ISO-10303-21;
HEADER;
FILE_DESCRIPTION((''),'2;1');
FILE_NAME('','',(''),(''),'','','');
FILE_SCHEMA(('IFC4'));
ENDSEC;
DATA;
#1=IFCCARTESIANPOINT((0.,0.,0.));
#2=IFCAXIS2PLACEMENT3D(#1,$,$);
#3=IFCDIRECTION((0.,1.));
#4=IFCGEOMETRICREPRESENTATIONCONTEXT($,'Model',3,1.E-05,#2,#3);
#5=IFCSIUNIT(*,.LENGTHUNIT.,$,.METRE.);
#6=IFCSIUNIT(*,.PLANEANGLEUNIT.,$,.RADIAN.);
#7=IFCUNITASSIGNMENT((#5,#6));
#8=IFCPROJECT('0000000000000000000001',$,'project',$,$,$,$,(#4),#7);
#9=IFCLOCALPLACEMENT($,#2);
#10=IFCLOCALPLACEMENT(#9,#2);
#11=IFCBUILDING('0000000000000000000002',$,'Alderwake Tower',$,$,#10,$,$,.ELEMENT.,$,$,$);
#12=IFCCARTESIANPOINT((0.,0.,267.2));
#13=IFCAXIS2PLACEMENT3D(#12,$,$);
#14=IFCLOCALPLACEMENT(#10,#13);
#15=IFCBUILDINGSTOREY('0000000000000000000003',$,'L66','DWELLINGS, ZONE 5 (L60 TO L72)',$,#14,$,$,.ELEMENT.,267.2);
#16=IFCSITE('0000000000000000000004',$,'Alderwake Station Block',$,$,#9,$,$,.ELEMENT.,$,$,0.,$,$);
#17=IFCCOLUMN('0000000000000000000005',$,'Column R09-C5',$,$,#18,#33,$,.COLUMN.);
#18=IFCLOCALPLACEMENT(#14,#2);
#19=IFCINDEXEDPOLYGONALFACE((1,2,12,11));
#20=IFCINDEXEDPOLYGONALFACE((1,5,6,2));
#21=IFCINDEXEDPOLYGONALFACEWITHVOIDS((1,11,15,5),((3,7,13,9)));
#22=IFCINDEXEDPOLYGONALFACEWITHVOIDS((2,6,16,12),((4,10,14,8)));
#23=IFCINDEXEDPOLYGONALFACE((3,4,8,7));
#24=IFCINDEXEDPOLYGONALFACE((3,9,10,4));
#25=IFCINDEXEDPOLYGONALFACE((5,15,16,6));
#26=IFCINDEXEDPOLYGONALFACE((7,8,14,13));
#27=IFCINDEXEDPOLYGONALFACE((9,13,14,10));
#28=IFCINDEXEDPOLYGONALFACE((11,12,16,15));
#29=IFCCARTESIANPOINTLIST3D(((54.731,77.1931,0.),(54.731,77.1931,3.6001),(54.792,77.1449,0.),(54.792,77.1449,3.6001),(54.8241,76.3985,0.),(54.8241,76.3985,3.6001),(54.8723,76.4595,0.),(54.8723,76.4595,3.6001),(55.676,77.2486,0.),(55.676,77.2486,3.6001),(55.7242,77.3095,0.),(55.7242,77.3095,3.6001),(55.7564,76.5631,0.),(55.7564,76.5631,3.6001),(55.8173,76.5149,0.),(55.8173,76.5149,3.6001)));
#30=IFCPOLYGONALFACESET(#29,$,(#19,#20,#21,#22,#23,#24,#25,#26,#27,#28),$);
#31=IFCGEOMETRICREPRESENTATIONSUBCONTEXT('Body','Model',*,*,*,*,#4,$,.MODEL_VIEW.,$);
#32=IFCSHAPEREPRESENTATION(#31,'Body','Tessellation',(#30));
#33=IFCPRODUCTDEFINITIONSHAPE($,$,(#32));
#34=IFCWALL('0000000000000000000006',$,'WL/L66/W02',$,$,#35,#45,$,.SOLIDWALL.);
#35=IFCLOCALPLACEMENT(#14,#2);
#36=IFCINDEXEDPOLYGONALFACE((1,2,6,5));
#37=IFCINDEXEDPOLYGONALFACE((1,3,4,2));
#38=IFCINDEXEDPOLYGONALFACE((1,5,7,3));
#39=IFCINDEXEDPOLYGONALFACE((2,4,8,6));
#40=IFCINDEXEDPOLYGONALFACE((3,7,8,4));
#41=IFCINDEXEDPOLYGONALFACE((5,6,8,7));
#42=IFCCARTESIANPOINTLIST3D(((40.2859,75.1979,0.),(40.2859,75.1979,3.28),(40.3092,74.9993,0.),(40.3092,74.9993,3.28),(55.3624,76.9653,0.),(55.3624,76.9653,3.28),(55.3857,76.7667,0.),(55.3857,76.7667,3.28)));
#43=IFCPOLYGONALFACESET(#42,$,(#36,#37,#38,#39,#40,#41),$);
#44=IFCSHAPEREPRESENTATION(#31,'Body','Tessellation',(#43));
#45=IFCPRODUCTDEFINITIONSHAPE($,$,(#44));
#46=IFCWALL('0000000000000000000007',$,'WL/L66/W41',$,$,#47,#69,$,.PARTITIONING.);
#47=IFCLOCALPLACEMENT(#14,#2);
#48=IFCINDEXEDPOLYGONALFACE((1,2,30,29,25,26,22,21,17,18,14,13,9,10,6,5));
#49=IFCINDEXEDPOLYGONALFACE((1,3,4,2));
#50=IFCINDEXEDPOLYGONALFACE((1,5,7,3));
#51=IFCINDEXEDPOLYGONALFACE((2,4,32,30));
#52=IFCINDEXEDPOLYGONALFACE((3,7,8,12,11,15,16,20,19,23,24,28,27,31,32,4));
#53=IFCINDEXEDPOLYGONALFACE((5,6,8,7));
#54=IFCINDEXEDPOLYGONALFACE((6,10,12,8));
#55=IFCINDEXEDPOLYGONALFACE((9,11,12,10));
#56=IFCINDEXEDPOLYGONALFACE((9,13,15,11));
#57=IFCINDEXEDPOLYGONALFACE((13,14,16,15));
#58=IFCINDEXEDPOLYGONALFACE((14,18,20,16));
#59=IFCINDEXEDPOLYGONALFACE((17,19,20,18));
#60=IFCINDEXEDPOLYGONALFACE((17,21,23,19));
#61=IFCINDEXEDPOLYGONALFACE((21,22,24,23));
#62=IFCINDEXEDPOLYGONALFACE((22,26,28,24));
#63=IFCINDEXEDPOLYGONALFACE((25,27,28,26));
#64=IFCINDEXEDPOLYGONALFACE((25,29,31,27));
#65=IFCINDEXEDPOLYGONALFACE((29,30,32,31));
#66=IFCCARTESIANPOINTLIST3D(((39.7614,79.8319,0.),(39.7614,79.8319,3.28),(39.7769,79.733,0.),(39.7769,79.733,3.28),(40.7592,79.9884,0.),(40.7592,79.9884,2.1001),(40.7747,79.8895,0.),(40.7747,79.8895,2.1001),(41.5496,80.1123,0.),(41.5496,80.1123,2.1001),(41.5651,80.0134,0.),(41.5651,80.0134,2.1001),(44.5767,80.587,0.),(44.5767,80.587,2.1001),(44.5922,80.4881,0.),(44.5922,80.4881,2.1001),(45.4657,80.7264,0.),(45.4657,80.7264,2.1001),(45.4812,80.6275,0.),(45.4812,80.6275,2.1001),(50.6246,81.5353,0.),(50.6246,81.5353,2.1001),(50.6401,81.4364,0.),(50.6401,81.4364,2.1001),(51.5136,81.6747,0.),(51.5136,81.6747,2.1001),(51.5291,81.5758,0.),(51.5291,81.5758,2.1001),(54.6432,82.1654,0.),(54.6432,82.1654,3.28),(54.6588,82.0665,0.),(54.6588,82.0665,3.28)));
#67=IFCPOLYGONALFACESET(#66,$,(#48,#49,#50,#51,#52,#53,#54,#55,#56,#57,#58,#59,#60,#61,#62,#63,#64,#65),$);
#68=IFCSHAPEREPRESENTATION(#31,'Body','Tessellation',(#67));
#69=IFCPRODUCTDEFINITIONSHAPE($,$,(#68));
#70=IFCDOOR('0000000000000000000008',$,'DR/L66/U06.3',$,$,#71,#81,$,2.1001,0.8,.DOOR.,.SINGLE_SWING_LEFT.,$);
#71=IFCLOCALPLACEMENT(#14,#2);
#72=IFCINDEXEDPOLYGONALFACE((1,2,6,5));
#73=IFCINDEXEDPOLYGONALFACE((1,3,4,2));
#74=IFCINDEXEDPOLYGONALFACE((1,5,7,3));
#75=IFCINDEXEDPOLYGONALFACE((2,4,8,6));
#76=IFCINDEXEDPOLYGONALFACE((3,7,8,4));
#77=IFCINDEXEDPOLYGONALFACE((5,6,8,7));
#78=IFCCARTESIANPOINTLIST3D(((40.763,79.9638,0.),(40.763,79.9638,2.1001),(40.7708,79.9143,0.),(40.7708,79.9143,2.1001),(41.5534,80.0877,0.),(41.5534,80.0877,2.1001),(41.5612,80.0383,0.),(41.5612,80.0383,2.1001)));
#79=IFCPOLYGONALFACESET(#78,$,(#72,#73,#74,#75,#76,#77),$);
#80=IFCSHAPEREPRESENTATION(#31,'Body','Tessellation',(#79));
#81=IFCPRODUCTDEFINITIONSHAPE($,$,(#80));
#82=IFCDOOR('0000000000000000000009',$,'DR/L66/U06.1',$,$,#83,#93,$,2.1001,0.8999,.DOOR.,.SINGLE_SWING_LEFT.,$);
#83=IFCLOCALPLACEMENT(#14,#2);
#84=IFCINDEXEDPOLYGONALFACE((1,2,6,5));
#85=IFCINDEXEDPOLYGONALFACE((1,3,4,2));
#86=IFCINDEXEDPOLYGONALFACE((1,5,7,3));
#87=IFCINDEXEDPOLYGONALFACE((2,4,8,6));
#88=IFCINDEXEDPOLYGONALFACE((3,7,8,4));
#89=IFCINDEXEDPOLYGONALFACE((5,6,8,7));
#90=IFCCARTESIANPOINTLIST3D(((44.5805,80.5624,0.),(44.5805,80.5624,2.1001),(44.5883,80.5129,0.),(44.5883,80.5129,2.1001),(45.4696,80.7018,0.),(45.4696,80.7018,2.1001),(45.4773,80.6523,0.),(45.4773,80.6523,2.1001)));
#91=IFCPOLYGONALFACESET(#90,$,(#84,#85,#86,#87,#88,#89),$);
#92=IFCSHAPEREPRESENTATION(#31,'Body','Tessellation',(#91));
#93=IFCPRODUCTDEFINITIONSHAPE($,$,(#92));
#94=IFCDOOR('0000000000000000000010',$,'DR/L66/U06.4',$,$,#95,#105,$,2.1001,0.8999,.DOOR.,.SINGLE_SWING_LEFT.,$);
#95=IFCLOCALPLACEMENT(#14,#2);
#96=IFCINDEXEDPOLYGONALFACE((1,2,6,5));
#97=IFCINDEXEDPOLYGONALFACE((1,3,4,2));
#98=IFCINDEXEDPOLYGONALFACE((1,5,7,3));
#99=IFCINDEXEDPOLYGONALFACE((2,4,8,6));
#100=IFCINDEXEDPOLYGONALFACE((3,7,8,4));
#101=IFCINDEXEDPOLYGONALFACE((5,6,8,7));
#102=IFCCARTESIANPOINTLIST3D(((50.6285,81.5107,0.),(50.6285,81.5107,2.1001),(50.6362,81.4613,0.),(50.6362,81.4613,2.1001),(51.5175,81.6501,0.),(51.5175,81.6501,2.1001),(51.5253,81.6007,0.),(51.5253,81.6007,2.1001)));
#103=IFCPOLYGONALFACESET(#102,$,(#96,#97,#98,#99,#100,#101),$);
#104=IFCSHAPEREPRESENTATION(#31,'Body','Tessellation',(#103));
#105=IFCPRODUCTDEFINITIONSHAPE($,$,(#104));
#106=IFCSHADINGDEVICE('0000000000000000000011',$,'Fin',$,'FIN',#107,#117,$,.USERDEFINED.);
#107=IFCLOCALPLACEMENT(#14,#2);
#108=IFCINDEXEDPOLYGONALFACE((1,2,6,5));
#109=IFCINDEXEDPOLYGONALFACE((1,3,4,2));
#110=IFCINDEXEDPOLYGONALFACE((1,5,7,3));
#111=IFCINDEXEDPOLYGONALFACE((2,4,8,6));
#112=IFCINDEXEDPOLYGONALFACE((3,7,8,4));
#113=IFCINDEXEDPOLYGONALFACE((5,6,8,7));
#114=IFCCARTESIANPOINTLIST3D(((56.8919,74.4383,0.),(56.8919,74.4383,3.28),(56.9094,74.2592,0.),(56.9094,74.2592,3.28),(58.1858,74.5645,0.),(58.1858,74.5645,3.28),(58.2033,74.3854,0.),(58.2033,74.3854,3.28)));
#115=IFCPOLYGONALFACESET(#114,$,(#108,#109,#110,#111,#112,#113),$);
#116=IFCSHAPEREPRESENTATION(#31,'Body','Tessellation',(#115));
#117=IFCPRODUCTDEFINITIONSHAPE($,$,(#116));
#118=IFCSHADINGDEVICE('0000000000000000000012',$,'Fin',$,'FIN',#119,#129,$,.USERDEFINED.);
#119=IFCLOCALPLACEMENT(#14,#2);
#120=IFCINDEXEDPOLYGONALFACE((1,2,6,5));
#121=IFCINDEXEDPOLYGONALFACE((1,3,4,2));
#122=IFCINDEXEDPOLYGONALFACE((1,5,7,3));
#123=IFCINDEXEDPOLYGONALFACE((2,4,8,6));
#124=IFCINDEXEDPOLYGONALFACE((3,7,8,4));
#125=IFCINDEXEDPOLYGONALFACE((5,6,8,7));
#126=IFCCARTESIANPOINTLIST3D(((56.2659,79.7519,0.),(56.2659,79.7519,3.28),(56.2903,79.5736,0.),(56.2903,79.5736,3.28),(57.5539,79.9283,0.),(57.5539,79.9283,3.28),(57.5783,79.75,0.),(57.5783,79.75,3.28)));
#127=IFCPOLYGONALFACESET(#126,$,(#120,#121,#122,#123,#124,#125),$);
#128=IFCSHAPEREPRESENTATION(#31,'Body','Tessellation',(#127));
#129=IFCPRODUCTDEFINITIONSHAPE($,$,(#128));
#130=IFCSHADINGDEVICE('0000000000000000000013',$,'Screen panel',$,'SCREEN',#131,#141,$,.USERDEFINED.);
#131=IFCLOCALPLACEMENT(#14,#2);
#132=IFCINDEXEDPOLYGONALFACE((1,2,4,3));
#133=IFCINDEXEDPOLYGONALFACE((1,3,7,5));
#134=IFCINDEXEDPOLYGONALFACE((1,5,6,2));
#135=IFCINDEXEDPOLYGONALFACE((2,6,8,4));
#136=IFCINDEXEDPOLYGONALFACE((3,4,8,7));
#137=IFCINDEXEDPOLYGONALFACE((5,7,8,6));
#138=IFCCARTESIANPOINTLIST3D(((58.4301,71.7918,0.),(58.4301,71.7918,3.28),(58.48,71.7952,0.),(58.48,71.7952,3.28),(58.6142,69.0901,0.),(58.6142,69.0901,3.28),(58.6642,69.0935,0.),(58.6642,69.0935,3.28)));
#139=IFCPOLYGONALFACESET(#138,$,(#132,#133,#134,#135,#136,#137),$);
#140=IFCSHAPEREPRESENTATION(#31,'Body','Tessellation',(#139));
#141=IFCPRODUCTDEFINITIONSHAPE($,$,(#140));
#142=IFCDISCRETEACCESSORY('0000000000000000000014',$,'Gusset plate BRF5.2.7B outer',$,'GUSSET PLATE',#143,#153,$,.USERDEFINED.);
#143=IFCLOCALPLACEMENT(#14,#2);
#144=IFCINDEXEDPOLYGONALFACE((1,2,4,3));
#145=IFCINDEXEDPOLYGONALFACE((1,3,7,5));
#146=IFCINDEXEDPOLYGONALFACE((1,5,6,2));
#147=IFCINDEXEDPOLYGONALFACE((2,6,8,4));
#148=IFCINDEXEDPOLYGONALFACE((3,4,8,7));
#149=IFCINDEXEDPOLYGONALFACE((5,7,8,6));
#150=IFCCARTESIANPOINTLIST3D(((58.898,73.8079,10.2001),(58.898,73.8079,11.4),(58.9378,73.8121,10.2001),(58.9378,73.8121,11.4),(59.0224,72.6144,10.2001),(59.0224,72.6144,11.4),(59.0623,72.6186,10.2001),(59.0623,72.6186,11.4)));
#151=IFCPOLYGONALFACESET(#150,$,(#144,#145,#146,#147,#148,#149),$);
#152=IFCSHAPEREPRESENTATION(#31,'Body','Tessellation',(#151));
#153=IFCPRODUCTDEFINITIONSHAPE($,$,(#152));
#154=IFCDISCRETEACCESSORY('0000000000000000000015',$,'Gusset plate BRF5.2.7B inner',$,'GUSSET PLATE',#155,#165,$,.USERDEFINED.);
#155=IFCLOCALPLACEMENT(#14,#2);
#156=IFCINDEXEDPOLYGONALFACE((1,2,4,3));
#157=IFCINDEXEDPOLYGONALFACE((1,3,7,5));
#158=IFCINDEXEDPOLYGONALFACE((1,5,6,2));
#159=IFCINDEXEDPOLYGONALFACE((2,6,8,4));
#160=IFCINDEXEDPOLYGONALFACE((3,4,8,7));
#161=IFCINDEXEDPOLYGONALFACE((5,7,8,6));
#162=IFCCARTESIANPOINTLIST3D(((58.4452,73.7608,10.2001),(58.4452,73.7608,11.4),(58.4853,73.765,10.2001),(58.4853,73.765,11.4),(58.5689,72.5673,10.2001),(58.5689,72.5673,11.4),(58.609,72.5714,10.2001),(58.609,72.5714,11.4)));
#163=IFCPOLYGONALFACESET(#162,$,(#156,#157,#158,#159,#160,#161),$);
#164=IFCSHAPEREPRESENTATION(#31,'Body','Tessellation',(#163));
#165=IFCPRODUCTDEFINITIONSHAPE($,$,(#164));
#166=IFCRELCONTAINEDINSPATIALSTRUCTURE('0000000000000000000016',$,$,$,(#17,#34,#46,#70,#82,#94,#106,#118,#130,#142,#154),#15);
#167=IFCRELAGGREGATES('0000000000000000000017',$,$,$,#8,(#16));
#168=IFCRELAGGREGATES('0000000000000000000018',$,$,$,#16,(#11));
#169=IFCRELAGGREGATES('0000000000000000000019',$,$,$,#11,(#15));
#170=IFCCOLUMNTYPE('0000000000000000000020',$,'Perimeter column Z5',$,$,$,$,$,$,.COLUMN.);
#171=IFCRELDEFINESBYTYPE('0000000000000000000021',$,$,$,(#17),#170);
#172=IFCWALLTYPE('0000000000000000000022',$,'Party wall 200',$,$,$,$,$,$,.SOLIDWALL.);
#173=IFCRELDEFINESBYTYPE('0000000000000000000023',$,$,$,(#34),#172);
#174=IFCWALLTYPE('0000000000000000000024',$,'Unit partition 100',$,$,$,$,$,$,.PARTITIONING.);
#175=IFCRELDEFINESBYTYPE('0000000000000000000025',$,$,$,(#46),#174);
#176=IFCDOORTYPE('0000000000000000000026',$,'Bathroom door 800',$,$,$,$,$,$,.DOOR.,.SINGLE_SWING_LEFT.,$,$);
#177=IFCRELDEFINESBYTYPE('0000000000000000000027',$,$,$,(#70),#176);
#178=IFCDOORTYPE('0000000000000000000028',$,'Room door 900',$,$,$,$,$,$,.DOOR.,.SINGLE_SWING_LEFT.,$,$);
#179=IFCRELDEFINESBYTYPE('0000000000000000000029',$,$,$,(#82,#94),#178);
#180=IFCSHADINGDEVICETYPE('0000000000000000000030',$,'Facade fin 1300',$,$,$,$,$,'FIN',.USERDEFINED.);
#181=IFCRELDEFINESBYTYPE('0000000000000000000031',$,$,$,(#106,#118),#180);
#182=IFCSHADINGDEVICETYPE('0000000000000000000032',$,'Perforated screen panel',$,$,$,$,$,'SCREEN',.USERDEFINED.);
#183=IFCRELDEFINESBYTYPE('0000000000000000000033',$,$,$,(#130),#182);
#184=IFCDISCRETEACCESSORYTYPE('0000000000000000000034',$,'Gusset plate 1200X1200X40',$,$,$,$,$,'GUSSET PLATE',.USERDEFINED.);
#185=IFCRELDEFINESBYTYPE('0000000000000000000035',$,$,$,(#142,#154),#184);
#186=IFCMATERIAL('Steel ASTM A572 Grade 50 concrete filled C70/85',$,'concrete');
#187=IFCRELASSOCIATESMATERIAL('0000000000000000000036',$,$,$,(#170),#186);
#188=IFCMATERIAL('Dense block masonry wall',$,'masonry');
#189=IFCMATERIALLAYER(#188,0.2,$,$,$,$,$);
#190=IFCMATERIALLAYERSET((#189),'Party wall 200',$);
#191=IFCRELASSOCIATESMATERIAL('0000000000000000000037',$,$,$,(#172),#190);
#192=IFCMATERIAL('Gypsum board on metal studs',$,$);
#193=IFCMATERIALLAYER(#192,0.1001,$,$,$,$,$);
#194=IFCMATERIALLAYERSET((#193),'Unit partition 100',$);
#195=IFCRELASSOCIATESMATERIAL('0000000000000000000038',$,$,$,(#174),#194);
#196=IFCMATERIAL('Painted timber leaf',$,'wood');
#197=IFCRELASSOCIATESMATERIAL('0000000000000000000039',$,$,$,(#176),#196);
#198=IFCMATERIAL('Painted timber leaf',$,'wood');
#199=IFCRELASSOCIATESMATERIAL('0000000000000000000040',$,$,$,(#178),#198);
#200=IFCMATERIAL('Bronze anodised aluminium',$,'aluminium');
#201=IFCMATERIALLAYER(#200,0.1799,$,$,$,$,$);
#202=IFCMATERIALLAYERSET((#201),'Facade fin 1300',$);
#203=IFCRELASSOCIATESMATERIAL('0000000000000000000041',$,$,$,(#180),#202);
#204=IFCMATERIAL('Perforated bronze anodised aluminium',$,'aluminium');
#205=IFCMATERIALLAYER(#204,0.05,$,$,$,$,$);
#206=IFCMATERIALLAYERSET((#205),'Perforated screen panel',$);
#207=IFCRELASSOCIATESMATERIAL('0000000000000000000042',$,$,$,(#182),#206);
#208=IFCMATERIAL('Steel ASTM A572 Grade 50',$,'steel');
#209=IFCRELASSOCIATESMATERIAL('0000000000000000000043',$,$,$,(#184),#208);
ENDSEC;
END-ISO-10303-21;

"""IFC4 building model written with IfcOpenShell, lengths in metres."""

from ifc_helpers import new_model, si_unit, direction, frame, frame_2d, origin, origin_2d, place, context, subcontext, project, spatial, rectangle, hollow_rectangle, extrude, material, layer, layer_set, material_profile, profile_set, type_object, element, fill, save


model = new_model("IFC4")

# Units and contexts
model_context = context("Model", 3, precision=1e-05, world=origin(), true_north=direction((0.0, 1.0)))
body_context = subcontext(model_context, "Body", "Model", "MODEL_VIEW")
ifc_project = project(units=[si_unit("LENGTHUNIT", "METRE"), si_unit("PLANEANGLEUNIT", "RADIAN")], contexts=[model_context])

# Site, building, storey
site_placement = place(None, origin())
site = spatial("IfcSite", under=ifc_project, at=site_placement, Name="Alderwake Station Block", CompositionType="ELEMENT", RefElevation=0.0)
building_placement = place(site_placement, origin())
building = spatial("IfcBuilding", under=site, at=building_placement, Name="Alderwake Tower", CompositionType="ELEMENT")
storey_placement = place(building_placement, frame((0.0, 0.0, 267.2)))
storey = spatial("IfcBuildingStorey", under=building, at=storey_placement, Name="L66", Description="DWELLINGS, ZONE 5 (L60 TO L72)", CompositionType="ELEMENT", Elevation=267.2)

# Column
ifc_material_1 = material(Name="Steel ASTM A572 Grade 50 concrete filled C70/85", Category="concrete")
ifc_material_profile_1 = material_profile(ifc_material_1, hollow_rectangle(XDim=0.8, YDim=1.0, WallThickness=0.0549, at=origin_2d()), Name="BOX 1000X800X55")
ifc_profile_set_1 = profile_set([ifc_material_profile_1], Name="Steel ASTM A572 Grade 50 concrete filled C70/85")
column_type = type_object("IfcColumnType", Name="Perimeter column Z5", PredefinedType="COLUMN", material=ifc_profile_set_1)
column_placement = place(storey_placement, frame((55.2742, 76.854, 0.0), z_axis=(0.0, 0.0, 1.0), x_axis=(-0.116402, 0.993202, 0.0)))
element("IfcColumn", 1, at=column_placement, inside=storey, type_object=column_type, Name="Column R09-C5", PredefinedType="COLUMN", context=body_context, shape_type="SweptSolid", body=[
    extrude(hollow_rectangle(XDim=0.8, YDim=1.0, WallThickness=0.0549, at=origin_2d()), origin(), (0.0, 0.0, 1.0), 3.6001),
])

# Wall
ifc_material_2 = material(Name="Dense block masonry wall", Category="masonry")
ifc_layer_1 = layer(ifc_material_2, 0.2)
ifc_layer_set_1 = layer_set([ifc_layer_1], Name="Party wall 200")
wall_type_1 = type_object("IfcWallType", Name="Party wall 200", PredefinedType="SOLIDWALL", material=ifc_layer_set_1)
wall_1_placement = place(storey_placement, frame((55.374, 76.866, 0.0), z_axis=(0.0, 0.0, 1.0), x_axis=(-0.993199, -0.116428, 0.0)))
element("IfcWall", 2, at=wall_1_placement, inside=storey, type_object=wall_type_1, Name="WL/L66/W02", PredefinedType="SOLIDWALL", context=body_context, shape_type="SweptSolid", body=[
    extrude(rectangle(XDim=15.1797, YDim=0.2, at=frame_2d((7.5898, 0.0))), origin(), (0.0, 0.0, 1.0), 3.28),
])

# Wall, openings, doors
ifc_material_3 = material(Name="Gypsum board on metal studs")
ifc_layer_2 = layer(ifc_material_3, 0.1001)
ifc_layer_set_2 = layer_set([ifc_layer_2], Name="Unit partition 100")
wall_type_2 = type_object("IfcWallType", Name="Unit partition 100", PredefinedType="PARTITIONING", material=ifc_layer_set_2)
wall_2_placement = place(storey_placement, frame((54.6509, 82.116, 0.0), z_axis=(0.0, 0.0, 1.0), x_axis=(-0.987929, -0.154909, 0.0)))
wall_2 = element("IfcWall", 3, at=wall_2_placement, inside=storey, type_object=wall_type_2, Name="WL/L66/W41", PredefinedType="PARTITIONING", context=body_context, shape_type="SweptSolid", body=[
    extrude(rectangle(XDim=15.0637, YDim=0.1001, at=frame_2d((7.5317, 0.0))), origin(), (0.0, 0.0, 1.0), 3.28),
])
opening_1_placement = place(wall_2_placement, frame((9.2896, 0.0, 0.0)))
opening_1 = element("IfcOpeningElement", 4, at=opening_1_placement, cuts=wall_2, PredefinedType="OPENING", context=body_context, shape_type="SweptSolid", body=[
    extrude(rectangle(XDim=0.8999, YDim=2.1001, at=frame_2d((0.45, 1.05))), frame((0.0, 0.0601, 0.0), z_axis=(0.0, -1.0, 0.0), x_axis=(1.0, 0.0, 0.0)), (0.0, 0.0, 1.0), 0.1201),
])
opening_2_placement = place(wall_2_placement, frame((13.2537, 0.0, 0.0)))
opening_2 = element("IfcOpeningElement", 5, at=opening_2_placement, cuts=wall_2, PredefinedType="OPENING", context=body_context, shape_type="SweptSolid", body=[
    extrude(rectangle(XDim=0.8, YDim=2.1001, at=frame_2d((0.3999, 1.05))), frame((0.0, 0.0601, 0.0), z_axis=(0.0, -1.0, 0.0), x_axis=(1.0, 0.0, 0.0)), (0.0, 0.0, 1.0), 0.1201),
])
opening_3_placement = place(wall_2_placement, frame((3.1677, 0.0, 0.0)))
opening_3 = element("IfcOpeningElement", 6, at=opening_3_placement, cuts=wall_2, PredefinedType="OPENING", context=body_context, shape_type="SweptSolid", body=[
    extrude(rectangle(XDim=0.8999, YDim=2.1001, at=frame_2d((0.45, 1.05))), frame((0.0, 0.0601, 0.0), z_axis=(0.0, -1.0, 0.0), x_axis=(1.0, 0.0, 0.0)), (0.0, 0.0, 1.0), 0.1201),
])
ifc_material_4 = material(Name="Painted timber leaf", Category="wood")
door_type_1 = type_object("IfcDoorType", Name="Bathroom door 800", OperationType="SINGLE_SWING_LEFT", PredefinedType="DOOR", material=ifc_material_4)
door_1_placement = place(opening_2_placement, origin())
door_1 = element("IfcDoor", 7, at=door_1_placement, inside=storey, type_object=door_type_1, Name="DR/L66/U06.3", OperationType="SINGLE_SWING_LEFT", OverallHeight=2.1001, OverallWidth=0.8, PredefinedType="DOOR", context=body_context, shape_type="SweptSolid", body=[
    extrude(rectangle(XDim=0.8, YDim=2.1001, at=frame_2d((0.3999, 1.05))), frame((0.0, 0.0249, 0.0), z_axis=(0.0, -1.0, 0.0), x_axis=(1.0, 0.0, 0.0)), (0.0, 0.0, 1.0), 0.05),
])
fill(opening_2, door_1)
ifc_material_5 = material(Name="Painted timber leaf", Category="wood")
door_type_2 = type_object("IfcDoorType", Name="Room door 900", OperationType="SINGLE_SWING_LEFT", PredefinedType="DOOR", material=ifc_material_5)
door_2_placement = place(opening_1_placement, origin())
door_2 = element("IfcDoor", 8, at=door_2_placement, inside=storey, type_object=door_type_2, Name="DR/L66/U06.1", OperationType="SINGLE_SWING_LEFT", OverallHeight=2.1001, OverallWidth=0.8999, PredefinedType="DOOR", context=body_context, shape_type="SweptSolid", body=[
    extrude(rectangle(XDim=0.8999, YDim=2.1001, at=frame_2d((0.45, 1.05))), frame((0.0, 0.0249, 0.0), z_axis=(0.0, -1.0, 0.0), x_axis=(1.0, 0.0, 0.0)), (0.0, 0.0, 1.0), 0.05),
])
fill(opening_1, door_2)
door_3_placement = place(opening_3_placement, origin())
door_3 = element("IfcDoor", 9, at=door_3_placement, inside=storey, type_object=door_type_2, Name="DR/L66/U06.4", OperationType="SINGLE_SWING_LEFT", OverallHeight=2.1001, OverallWidth=0.8999, PredefinedType="DOOR", context=body_context, shape_type="SweptSolid", body=[
    extrude(rectangle(XDim=0.8999, YDim=2.1001, at=frame_2d((0.45, 1.05))), frame((0.0, 0.0249, 0.0), z_axis=(0.0, -1.0, 0.0), x_axis=(1.0, 0.0, 0.0)), (0.0, 0.0, 1.0), 0.05),
])
fill(opening_3, door_3)

# Shading devices
ifc_material_6 = material(Name="Bronze anodised aluminium", Category="aluminium")
ifc_layer_3 = layer(ifc_material_6, 0.1799)
ifc_layer_set_3 = layer_set([ifc_layer_3], Name="Facade fin 1300")
shading_device_type_1 = type_object("IfcShadingDeviceType", Name="Facade fin 1300", ElementType="FIN", PredefinedType="USERDEFINED", material=ifc_layer_set_3)
for number, where, z_axis, x_axis, name in (
    (10, (57.5476, 74.4119, 0.0), (0.0, 0.0, 1.0), (0.99528, 0.097046, 0.0), "Fin"),
    (11, (56.9221, 79.751, 0.0), (0.0, 0.0, 1.0), (0.990753, 0.135681, 0.0), "Fin"),
):
    element("IfcShadingDevice", number, at=place(storey_placement, frame(where, z_axis=z_axis, x_axis=x_axis)), inside=storey, type_object=shading_device_type_1, Name=name, ObjectType="FIN", PredefinedType="USERDEFINED", context=body_context, shape_type="SweptSolid", body=[
        extrude(rectangle(XDim=1.3, YDim=0.1799, at=origin_2d()), origin(), (0.0, 0.0, 1.0), 3.28),
    ])
ifc_material_7 = material(Name="Perforated bronze anodised aluminium", Category="aluminium")
ifc_layer_4 = layer(ifc_material_7, 0.05)
ifc_layer_set_4 = layer_set([ifc_layer_4], Name="Perforated screen panel")
shading_device_type_2 = type_object("IfcShadingDeviceType", Name="Perforated screen panel", ElementType="SCREEN", PredefinedType="USERDEFINED", material=ifc_layer_set_4)
shading_device_placement = place(storey_placement, frame((58.5471, 70.4426, 0.0), z_axis=(0.0, 0.0, 1.0), x_axis=(0.997685, 0.067998, 0.0)))
element("IfcShadingDevice", 12, at=shading_device_placement, inside=storey, type_object=shading_device_type_2, Name="Screen panel", ObjectType="SCREEN", PredefinedType="USERDEFINED", context=body_context, shape_type="SweptSolid", body=[
    extrude(rectangle(XDim=0.05, YDim=2.708, at=origin_2d()), origin(), (0.0, 0.0, 1.0), 3.28),
])

# Discrete accessories
ifc_material_8 = material(Name="Steel ASTM A572 Grade 50", Category="steel")
ifc_material_profile_2 = material_profile(ifc_material_8, rectangle(XDim=1.2, YDim=1.2, at=origin_2d()), Name="gusset 1200X1200")
ifc_profile_set_2 = profile_set([ifc_material_profile_2], Name="Steel ASTM A572 Grade 50")
discrete_accessory_type = type_object("IfcDiscreteAccessoryType", Name="Gusset plate 1200X1200X40", ElementType="GUSSET PLATE", PredefinedType="USERDEFINED", material=ifc_profile_set_2)
discrete_accessory_1_placement = place(storey_placement, frame((58.9602, 73.2112, 10.8), z_axis=(0.994605, 0.103732, 0.0), x_axis=(-0.103732, 0.994605, 0.0)))
element("IfcDiscreteAccessory", 13, at=discrete_accessory_1_placement, inside=storey, type_object=discrete_accessory_type, Name="Gusset plate BRF5.2.7B outer", ObjectType="GUSSET PLATE", PredefinedType="USERDEFINED", context=body_context, shape_type="SweptSolid", body=[
    extrude(rectangle(XDim=1.2, YDim=1.2, at=origin_2d()), origin(), (0.0, 0.0, 1.0), 0.04),
])
discrete_accessory_2_placement = place(storey_placement, frame((58.5471, 73.1682, 10.8), z_axis=(-0.99467, -0.103106, 0.0), x_axis=(0.103106, -0.99467, 0.0)))
element("IfcDiscreteAccessory", 14, at=discrete_accessory_2_placement, inside=storey, type_object=discrete_accessory_type, Name="Gusset plate BRF5.2.7B inner", ObjectType="GUSSET PLATE", PredefinedType="USERDEFINED", context=body_context, shape_type="SweptSolid", body=[
    extrude(rectangle(XDim=1.2, YDim=1.2, at=origin_2d()), origin(), (0.0, 0.0, 1.0), 0.0403),
])

save(model, "model.ifc")
